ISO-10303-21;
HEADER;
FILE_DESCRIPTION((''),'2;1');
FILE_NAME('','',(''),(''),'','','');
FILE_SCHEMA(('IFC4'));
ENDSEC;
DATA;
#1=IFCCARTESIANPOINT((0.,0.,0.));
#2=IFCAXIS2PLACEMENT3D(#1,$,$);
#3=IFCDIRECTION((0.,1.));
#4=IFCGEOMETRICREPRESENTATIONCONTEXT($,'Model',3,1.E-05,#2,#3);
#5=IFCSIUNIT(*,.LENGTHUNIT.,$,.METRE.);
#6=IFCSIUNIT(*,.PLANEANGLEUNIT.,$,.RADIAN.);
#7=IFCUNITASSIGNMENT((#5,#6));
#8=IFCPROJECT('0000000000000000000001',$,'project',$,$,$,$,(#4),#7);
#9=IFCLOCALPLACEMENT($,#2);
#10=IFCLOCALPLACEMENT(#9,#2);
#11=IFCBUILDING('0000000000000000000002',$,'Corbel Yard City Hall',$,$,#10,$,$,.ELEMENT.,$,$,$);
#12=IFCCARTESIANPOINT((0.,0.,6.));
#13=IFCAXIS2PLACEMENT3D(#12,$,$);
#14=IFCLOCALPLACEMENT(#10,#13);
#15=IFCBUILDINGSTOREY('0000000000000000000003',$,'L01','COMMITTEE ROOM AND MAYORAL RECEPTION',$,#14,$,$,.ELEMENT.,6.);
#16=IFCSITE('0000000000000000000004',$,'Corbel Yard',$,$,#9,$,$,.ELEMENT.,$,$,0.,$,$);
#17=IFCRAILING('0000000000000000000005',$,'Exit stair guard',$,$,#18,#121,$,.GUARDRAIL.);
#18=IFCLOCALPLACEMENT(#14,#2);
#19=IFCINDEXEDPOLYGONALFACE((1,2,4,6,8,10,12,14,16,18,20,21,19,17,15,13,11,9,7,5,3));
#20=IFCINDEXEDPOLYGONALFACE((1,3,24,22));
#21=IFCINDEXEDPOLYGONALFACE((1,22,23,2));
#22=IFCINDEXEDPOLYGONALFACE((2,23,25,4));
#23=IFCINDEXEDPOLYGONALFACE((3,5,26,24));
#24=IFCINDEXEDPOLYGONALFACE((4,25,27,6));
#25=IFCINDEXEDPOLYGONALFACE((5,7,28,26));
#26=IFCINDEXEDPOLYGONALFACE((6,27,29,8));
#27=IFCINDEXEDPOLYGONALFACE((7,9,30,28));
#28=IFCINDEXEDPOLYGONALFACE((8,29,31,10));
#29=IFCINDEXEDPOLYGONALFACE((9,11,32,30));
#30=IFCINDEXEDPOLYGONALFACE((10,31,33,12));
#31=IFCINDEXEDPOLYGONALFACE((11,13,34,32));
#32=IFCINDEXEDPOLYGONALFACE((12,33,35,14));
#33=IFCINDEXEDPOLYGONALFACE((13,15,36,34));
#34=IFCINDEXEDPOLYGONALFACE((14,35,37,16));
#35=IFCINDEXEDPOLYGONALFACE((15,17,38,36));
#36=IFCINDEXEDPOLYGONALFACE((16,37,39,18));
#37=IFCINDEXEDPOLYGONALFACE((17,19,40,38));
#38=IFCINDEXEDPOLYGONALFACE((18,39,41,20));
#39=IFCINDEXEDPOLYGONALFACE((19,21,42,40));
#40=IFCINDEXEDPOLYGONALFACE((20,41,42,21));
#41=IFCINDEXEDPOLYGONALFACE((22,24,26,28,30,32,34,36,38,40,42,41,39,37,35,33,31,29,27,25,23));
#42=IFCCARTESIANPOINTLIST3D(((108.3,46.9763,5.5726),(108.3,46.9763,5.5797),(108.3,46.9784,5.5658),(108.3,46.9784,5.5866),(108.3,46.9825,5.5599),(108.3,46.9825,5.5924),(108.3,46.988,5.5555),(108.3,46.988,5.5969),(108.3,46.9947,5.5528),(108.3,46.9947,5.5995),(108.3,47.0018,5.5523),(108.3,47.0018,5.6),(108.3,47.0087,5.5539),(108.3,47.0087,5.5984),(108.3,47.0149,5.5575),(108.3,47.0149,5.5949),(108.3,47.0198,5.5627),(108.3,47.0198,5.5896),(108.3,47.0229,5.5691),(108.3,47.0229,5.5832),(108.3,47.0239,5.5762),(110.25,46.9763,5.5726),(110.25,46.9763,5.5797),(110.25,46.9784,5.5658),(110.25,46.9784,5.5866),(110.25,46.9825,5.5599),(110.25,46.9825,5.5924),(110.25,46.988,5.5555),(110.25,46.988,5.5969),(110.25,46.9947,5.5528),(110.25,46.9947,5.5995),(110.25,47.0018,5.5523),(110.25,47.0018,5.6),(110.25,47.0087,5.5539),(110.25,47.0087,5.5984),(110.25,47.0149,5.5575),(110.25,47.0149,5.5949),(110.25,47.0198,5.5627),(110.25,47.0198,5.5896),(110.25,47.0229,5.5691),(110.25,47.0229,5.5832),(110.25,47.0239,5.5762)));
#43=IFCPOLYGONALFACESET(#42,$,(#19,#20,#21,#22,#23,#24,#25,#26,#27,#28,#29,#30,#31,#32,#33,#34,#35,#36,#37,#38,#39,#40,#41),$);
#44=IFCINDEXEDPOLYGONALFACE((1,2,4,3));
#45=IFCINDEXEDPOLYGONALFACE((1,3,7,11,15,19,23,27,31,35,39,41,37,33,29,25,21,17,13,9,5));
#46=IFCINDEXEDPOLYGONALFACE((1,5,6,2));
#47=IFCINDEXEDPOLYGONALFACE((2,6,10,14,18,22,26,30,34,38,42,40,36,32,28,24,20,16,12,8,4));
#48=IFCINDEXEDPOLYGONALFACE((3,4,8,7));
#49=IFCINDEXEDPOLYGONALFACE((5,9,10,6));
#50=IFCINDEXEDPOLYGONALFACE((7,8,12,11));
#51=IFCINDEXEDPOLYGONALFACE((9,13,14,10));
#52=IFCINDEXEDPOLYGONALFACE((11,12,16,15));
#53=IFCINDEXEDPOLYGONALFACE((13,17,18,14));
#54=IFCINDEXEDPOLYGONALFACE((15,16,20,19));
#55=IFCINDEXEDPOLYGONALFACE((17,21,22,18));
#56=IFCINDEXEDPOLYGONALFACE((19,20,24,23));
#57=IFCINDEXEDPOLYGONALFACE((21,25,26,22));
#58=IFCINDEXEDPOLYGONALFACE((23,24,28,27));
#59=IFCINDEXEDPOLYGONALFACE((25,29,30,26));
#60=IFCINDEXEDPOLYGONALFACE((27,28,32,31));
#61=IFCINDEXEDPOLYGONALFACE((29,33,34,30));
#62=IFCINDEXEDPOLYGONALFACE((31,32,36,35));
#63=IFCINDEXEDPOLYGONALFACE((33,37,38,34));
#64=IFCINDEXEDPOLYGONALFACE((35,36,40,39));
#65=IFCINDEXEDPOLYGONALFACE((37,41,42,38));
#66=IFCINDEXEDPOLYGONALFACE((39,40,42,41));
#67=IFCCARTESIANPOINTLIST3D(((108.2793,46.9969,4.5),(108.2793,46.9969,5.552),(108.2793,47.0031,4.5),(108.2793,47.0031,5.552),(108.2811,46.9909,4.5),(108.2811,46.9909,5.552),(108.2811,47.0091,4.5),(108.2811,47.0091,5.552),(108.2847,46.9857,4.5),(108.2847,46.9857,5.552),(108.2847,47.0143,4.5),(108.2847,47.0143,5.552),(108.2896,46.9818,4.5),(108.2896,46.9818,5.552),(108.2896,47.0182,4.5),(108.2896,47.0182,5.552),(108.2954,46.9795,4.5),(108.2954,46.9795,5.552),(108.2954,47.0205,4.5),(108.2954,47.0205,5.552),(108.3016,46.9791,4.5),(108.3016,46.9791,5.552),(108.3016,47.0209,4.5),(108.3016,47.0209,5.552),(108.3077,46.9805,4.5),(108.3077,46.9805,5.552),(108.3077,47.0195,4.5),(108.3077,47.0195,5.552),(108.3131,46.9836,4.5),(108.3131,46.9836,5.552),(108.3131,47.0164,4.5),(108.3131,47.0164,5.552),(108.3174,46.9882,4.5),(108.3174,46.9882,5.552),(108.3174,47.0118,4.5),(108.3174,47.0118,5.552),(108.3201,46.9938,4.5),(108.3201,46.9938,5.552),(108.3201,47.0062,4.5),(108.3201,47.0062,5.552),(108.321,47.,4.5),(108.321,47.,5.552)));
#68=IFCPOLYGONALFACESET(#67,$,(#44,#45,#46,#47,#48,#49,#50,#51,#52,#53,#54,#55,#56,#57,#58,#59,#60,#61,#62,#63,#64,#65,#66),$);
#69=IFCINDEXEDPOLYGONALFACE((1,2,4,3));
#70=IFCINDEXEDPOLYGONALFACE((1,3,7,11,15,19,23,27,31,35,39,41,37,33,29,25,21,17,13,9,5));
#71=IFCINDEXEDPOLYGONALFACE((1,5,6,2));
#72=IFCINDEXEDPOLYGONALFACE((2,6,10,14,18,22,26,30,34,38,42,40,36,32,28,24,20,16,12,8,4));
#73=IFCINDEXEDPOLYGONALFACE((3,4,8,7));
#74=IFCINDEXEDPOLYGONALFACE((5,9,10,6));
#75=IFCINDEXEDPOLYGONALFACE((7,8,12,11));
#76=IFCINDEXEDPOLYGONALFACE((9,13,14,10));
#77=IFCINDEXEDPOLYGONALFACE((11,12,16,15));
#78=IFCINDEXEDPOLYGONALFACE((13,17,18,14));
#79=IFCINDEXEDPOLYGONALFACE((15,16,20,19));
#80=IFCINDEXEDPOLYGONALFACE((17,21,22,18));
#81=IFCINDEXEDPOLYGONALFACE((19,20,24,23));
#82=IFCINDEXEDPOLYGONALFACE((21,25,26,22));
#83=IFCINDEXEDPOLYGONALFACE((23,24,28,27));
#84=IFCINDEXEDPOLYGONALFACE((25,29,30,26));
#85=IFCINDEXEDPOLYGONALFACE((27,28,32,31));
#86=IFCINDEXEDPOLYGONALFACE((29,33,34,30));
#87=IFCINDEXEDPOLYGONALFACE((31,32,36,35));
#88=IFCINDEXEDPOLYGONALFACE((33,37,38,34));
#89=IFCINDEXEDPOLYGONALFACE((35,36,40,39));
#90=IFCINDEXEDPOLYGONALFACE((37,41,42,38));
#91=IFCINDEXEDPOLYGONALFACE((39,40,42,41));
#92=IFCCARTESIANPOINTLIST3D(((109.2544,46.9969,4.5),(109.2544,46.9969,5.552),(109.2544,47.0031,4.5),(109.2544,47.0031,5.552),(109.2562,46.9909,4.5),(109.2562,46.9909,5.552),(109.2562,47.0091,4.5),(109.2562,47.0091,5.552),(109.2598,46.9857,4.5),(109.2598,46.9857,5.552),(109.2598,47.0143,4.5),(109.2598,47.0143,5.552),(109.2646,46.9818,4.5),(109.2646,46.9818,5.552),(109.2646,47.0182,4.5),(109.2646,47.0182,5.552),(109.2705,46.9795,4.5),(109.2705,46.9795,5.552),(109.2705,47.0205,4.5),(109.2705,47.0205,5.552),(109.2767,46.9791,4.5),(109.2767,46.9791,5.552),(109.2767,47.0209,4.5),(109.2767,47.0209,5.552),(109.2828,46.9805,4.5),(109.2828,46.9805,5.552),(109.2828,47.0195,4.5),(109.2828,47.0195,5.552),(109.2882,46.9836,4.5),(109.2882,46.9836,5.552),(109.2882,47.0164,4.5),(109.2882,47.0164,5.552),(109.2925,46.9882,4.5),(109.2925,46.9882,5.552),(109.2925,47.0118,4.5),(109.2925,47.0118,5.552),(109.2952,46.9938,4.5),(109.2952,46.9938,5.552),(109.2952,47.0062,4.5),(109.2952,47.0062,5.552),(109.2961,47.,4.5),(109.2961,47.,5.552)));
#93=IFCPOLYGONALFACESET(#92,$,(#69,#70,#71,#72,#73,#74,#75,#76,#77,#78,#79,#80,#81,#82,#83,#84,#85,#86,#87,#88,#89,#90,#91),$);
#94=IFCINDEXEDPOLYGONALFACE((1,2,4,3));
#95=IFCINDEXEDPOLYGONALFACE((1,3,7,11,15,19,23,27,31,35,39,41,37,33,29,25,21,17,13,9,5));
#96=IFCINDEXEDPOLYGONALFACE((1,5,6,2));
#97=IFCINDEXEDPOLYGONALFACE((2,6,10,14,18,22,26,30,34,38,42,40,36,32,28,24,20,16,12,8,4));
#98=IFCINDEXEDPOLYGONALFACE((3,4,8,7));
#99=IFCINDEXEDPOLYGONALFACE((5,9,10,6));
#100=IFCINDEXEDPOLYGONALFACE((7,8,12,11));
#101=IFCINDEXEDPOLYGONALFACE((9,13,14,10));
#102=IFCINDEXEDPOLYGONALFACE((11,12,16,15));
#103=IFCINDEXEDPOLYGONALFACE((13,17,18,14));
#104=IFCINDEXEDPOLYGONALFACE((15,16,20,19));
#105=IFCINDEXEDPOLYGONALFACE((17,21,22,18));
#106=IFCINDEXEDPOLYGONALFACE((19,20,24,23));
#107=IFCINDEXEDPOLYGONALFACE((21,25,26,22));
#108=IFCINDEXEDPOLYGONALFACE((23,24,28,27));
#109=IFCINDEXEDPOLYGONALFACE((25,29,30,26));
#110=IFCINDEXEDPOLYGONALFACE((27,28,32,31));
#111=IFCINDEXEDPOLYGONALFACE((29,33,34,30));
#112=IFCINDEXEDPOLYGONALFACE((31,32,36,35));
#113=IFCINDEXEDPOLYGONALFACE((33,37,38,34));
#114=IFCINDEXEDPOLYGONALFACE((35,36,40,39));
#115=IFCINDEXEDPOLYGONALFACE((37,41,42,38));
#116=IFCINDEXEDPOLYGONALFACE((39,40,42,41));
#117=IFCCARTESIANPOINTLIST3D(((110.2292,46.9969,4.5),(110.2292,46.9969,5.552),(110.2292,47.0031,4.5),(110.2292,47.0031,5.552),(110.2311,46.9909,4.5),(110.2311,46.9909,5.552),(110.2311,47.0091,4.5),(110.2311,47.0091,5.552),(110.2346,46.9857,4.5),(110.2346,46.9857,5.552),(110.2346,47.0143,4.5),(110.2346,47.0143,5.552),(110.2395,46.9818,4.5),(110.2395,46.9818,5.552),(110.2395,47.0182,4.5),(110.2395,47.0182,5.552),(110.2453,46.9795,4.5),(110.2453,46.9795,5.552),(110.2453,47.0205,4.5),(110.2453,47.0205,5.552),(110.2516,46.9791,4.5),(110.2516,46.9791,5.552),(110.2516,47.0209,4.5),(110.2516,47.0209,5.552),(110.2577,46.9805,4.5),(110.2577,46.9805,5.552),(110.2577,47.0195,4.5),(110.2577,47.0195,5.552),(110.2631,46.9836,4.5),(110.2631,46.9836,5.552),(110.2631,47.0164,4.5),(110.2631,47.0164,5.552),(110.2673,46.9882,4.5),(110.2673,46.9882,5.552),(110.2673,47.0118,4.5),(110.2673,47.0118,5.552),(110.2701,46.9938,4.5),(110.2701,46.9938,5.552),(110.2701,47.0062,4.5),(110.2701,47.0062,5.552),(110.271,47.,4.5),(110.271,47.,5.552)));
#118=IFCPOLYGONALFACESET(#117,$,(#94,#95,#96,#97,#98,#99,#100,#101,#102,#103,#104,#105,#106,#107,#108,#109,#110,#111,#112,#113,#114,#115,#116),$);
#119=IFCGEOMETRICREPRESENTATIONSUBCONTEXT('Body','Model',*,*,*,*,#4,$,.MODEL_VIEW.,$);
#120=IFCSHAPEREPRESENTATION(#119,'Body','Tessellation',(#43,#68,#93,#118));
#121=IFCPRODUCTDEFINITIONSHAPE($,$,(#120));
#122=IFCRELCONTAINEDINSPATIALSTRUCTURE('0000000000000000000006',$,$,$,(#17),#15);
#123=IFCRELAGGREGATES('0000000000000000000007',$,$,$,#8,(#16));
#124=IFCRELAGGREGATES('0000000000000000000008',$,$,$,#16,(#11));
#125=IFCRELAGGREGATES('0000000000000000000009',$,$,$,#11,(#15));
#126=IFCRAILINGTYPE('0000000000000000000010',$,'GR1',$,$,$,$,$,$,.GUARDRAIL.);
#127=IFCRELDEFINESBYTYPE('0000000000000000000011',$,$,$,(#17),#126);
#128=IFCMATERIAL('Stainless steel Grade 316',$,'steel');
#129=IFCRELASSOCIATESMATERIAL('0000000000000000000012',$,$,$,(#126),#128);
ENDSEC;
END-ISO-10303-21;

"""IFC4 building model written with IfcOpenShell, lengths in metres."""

from ifc_helpers import new_model, si_unit, direction, frame, origin, origin_2d, place, context, subcontext, project, spatial, circle, extrude, material, type_object, element, save


model = new_model("IFC4")

# Units and contexts
model_context = context("Model", 3, precision=1e-05, world=origin(), true_north=direction((0.0, 1.0)))
body_context = subcontext(model_context, "Body", "Model", "MODEL_VIEW")
ifc_project = project(units=[si_unit("LENGTHUNIT", "METRE"), si_unit("PLANEANGLEUNIT", "RADIAN")], contexts=[model_context])

# Site, building, storey
site_placement = place(None, origin())
site = spatial("IfcSite", under=ifc_project, at=site_placement, Name="Corbel Yard", CompositionType="ELEMENT", RefElevation=0.0)
building_placement = place(site_placement, origin())
building = spatial("IfcBuilding", under=site, at=building_placement, Name="Corbel Yard City Hall", CompositionType="ELEMENT")
storey_placement = place(building_placement, frame((0.0, 0.0, 6.0)))
storey = spatial("IfcBuildingStorey", under=building, at=storey_placement, Name="L01", Description="COMMITTEE ROOM AND MAYORAL RECEPTION", CompositionType="ELEMENT", Elevation=6.0)

# Shared definitions
ifc_material_1 = material(Name="Stainless steel Grade 316", Category="steel")

# Railing
railing_type_1 = type_object("IfcRailingType", Name="GR1", PredefinedType="GUARDRAIL", material=ifc_material_1)
railing_1_placement = place(storey_placement, frame((108.3, 47.0, 4.5)))
element("IfcRailing", 1, at=railing_1_placement, inside=storey, type_object=railing_type_1, Name="Exit stair guard", PredefinedType="GUARDRAIL", context=body_context, shape_type="SweptSolid", body=[
    extrude(circle(Radius=0.0239, at=origin_2d()), frame((0.0, 0.0, 1.0762), z_axis=(1.0, 0.0, 0.0), x_axis=(0.0, 1.0, 0.0)), (0.0, 0.0, 1.0), 1.95),
    extrude(circle(Radius=0.021, at=origin_2d()), origin(), (0.0, 0.0, 1.0), 1.052),
    extrude(circle(Radius=0.021, at=origin_2d()), frame((0.9751, 0.0, 0.0)), (0.0, 0.0, 1.0), 1.052),
    extrude(circle(Radius=0.021, at=origin_2d()), frame((1.95, 0.0, 0.0)), (0.0, 0.0, 1.0), 1.052),
])

save(model, "model.ifc")
